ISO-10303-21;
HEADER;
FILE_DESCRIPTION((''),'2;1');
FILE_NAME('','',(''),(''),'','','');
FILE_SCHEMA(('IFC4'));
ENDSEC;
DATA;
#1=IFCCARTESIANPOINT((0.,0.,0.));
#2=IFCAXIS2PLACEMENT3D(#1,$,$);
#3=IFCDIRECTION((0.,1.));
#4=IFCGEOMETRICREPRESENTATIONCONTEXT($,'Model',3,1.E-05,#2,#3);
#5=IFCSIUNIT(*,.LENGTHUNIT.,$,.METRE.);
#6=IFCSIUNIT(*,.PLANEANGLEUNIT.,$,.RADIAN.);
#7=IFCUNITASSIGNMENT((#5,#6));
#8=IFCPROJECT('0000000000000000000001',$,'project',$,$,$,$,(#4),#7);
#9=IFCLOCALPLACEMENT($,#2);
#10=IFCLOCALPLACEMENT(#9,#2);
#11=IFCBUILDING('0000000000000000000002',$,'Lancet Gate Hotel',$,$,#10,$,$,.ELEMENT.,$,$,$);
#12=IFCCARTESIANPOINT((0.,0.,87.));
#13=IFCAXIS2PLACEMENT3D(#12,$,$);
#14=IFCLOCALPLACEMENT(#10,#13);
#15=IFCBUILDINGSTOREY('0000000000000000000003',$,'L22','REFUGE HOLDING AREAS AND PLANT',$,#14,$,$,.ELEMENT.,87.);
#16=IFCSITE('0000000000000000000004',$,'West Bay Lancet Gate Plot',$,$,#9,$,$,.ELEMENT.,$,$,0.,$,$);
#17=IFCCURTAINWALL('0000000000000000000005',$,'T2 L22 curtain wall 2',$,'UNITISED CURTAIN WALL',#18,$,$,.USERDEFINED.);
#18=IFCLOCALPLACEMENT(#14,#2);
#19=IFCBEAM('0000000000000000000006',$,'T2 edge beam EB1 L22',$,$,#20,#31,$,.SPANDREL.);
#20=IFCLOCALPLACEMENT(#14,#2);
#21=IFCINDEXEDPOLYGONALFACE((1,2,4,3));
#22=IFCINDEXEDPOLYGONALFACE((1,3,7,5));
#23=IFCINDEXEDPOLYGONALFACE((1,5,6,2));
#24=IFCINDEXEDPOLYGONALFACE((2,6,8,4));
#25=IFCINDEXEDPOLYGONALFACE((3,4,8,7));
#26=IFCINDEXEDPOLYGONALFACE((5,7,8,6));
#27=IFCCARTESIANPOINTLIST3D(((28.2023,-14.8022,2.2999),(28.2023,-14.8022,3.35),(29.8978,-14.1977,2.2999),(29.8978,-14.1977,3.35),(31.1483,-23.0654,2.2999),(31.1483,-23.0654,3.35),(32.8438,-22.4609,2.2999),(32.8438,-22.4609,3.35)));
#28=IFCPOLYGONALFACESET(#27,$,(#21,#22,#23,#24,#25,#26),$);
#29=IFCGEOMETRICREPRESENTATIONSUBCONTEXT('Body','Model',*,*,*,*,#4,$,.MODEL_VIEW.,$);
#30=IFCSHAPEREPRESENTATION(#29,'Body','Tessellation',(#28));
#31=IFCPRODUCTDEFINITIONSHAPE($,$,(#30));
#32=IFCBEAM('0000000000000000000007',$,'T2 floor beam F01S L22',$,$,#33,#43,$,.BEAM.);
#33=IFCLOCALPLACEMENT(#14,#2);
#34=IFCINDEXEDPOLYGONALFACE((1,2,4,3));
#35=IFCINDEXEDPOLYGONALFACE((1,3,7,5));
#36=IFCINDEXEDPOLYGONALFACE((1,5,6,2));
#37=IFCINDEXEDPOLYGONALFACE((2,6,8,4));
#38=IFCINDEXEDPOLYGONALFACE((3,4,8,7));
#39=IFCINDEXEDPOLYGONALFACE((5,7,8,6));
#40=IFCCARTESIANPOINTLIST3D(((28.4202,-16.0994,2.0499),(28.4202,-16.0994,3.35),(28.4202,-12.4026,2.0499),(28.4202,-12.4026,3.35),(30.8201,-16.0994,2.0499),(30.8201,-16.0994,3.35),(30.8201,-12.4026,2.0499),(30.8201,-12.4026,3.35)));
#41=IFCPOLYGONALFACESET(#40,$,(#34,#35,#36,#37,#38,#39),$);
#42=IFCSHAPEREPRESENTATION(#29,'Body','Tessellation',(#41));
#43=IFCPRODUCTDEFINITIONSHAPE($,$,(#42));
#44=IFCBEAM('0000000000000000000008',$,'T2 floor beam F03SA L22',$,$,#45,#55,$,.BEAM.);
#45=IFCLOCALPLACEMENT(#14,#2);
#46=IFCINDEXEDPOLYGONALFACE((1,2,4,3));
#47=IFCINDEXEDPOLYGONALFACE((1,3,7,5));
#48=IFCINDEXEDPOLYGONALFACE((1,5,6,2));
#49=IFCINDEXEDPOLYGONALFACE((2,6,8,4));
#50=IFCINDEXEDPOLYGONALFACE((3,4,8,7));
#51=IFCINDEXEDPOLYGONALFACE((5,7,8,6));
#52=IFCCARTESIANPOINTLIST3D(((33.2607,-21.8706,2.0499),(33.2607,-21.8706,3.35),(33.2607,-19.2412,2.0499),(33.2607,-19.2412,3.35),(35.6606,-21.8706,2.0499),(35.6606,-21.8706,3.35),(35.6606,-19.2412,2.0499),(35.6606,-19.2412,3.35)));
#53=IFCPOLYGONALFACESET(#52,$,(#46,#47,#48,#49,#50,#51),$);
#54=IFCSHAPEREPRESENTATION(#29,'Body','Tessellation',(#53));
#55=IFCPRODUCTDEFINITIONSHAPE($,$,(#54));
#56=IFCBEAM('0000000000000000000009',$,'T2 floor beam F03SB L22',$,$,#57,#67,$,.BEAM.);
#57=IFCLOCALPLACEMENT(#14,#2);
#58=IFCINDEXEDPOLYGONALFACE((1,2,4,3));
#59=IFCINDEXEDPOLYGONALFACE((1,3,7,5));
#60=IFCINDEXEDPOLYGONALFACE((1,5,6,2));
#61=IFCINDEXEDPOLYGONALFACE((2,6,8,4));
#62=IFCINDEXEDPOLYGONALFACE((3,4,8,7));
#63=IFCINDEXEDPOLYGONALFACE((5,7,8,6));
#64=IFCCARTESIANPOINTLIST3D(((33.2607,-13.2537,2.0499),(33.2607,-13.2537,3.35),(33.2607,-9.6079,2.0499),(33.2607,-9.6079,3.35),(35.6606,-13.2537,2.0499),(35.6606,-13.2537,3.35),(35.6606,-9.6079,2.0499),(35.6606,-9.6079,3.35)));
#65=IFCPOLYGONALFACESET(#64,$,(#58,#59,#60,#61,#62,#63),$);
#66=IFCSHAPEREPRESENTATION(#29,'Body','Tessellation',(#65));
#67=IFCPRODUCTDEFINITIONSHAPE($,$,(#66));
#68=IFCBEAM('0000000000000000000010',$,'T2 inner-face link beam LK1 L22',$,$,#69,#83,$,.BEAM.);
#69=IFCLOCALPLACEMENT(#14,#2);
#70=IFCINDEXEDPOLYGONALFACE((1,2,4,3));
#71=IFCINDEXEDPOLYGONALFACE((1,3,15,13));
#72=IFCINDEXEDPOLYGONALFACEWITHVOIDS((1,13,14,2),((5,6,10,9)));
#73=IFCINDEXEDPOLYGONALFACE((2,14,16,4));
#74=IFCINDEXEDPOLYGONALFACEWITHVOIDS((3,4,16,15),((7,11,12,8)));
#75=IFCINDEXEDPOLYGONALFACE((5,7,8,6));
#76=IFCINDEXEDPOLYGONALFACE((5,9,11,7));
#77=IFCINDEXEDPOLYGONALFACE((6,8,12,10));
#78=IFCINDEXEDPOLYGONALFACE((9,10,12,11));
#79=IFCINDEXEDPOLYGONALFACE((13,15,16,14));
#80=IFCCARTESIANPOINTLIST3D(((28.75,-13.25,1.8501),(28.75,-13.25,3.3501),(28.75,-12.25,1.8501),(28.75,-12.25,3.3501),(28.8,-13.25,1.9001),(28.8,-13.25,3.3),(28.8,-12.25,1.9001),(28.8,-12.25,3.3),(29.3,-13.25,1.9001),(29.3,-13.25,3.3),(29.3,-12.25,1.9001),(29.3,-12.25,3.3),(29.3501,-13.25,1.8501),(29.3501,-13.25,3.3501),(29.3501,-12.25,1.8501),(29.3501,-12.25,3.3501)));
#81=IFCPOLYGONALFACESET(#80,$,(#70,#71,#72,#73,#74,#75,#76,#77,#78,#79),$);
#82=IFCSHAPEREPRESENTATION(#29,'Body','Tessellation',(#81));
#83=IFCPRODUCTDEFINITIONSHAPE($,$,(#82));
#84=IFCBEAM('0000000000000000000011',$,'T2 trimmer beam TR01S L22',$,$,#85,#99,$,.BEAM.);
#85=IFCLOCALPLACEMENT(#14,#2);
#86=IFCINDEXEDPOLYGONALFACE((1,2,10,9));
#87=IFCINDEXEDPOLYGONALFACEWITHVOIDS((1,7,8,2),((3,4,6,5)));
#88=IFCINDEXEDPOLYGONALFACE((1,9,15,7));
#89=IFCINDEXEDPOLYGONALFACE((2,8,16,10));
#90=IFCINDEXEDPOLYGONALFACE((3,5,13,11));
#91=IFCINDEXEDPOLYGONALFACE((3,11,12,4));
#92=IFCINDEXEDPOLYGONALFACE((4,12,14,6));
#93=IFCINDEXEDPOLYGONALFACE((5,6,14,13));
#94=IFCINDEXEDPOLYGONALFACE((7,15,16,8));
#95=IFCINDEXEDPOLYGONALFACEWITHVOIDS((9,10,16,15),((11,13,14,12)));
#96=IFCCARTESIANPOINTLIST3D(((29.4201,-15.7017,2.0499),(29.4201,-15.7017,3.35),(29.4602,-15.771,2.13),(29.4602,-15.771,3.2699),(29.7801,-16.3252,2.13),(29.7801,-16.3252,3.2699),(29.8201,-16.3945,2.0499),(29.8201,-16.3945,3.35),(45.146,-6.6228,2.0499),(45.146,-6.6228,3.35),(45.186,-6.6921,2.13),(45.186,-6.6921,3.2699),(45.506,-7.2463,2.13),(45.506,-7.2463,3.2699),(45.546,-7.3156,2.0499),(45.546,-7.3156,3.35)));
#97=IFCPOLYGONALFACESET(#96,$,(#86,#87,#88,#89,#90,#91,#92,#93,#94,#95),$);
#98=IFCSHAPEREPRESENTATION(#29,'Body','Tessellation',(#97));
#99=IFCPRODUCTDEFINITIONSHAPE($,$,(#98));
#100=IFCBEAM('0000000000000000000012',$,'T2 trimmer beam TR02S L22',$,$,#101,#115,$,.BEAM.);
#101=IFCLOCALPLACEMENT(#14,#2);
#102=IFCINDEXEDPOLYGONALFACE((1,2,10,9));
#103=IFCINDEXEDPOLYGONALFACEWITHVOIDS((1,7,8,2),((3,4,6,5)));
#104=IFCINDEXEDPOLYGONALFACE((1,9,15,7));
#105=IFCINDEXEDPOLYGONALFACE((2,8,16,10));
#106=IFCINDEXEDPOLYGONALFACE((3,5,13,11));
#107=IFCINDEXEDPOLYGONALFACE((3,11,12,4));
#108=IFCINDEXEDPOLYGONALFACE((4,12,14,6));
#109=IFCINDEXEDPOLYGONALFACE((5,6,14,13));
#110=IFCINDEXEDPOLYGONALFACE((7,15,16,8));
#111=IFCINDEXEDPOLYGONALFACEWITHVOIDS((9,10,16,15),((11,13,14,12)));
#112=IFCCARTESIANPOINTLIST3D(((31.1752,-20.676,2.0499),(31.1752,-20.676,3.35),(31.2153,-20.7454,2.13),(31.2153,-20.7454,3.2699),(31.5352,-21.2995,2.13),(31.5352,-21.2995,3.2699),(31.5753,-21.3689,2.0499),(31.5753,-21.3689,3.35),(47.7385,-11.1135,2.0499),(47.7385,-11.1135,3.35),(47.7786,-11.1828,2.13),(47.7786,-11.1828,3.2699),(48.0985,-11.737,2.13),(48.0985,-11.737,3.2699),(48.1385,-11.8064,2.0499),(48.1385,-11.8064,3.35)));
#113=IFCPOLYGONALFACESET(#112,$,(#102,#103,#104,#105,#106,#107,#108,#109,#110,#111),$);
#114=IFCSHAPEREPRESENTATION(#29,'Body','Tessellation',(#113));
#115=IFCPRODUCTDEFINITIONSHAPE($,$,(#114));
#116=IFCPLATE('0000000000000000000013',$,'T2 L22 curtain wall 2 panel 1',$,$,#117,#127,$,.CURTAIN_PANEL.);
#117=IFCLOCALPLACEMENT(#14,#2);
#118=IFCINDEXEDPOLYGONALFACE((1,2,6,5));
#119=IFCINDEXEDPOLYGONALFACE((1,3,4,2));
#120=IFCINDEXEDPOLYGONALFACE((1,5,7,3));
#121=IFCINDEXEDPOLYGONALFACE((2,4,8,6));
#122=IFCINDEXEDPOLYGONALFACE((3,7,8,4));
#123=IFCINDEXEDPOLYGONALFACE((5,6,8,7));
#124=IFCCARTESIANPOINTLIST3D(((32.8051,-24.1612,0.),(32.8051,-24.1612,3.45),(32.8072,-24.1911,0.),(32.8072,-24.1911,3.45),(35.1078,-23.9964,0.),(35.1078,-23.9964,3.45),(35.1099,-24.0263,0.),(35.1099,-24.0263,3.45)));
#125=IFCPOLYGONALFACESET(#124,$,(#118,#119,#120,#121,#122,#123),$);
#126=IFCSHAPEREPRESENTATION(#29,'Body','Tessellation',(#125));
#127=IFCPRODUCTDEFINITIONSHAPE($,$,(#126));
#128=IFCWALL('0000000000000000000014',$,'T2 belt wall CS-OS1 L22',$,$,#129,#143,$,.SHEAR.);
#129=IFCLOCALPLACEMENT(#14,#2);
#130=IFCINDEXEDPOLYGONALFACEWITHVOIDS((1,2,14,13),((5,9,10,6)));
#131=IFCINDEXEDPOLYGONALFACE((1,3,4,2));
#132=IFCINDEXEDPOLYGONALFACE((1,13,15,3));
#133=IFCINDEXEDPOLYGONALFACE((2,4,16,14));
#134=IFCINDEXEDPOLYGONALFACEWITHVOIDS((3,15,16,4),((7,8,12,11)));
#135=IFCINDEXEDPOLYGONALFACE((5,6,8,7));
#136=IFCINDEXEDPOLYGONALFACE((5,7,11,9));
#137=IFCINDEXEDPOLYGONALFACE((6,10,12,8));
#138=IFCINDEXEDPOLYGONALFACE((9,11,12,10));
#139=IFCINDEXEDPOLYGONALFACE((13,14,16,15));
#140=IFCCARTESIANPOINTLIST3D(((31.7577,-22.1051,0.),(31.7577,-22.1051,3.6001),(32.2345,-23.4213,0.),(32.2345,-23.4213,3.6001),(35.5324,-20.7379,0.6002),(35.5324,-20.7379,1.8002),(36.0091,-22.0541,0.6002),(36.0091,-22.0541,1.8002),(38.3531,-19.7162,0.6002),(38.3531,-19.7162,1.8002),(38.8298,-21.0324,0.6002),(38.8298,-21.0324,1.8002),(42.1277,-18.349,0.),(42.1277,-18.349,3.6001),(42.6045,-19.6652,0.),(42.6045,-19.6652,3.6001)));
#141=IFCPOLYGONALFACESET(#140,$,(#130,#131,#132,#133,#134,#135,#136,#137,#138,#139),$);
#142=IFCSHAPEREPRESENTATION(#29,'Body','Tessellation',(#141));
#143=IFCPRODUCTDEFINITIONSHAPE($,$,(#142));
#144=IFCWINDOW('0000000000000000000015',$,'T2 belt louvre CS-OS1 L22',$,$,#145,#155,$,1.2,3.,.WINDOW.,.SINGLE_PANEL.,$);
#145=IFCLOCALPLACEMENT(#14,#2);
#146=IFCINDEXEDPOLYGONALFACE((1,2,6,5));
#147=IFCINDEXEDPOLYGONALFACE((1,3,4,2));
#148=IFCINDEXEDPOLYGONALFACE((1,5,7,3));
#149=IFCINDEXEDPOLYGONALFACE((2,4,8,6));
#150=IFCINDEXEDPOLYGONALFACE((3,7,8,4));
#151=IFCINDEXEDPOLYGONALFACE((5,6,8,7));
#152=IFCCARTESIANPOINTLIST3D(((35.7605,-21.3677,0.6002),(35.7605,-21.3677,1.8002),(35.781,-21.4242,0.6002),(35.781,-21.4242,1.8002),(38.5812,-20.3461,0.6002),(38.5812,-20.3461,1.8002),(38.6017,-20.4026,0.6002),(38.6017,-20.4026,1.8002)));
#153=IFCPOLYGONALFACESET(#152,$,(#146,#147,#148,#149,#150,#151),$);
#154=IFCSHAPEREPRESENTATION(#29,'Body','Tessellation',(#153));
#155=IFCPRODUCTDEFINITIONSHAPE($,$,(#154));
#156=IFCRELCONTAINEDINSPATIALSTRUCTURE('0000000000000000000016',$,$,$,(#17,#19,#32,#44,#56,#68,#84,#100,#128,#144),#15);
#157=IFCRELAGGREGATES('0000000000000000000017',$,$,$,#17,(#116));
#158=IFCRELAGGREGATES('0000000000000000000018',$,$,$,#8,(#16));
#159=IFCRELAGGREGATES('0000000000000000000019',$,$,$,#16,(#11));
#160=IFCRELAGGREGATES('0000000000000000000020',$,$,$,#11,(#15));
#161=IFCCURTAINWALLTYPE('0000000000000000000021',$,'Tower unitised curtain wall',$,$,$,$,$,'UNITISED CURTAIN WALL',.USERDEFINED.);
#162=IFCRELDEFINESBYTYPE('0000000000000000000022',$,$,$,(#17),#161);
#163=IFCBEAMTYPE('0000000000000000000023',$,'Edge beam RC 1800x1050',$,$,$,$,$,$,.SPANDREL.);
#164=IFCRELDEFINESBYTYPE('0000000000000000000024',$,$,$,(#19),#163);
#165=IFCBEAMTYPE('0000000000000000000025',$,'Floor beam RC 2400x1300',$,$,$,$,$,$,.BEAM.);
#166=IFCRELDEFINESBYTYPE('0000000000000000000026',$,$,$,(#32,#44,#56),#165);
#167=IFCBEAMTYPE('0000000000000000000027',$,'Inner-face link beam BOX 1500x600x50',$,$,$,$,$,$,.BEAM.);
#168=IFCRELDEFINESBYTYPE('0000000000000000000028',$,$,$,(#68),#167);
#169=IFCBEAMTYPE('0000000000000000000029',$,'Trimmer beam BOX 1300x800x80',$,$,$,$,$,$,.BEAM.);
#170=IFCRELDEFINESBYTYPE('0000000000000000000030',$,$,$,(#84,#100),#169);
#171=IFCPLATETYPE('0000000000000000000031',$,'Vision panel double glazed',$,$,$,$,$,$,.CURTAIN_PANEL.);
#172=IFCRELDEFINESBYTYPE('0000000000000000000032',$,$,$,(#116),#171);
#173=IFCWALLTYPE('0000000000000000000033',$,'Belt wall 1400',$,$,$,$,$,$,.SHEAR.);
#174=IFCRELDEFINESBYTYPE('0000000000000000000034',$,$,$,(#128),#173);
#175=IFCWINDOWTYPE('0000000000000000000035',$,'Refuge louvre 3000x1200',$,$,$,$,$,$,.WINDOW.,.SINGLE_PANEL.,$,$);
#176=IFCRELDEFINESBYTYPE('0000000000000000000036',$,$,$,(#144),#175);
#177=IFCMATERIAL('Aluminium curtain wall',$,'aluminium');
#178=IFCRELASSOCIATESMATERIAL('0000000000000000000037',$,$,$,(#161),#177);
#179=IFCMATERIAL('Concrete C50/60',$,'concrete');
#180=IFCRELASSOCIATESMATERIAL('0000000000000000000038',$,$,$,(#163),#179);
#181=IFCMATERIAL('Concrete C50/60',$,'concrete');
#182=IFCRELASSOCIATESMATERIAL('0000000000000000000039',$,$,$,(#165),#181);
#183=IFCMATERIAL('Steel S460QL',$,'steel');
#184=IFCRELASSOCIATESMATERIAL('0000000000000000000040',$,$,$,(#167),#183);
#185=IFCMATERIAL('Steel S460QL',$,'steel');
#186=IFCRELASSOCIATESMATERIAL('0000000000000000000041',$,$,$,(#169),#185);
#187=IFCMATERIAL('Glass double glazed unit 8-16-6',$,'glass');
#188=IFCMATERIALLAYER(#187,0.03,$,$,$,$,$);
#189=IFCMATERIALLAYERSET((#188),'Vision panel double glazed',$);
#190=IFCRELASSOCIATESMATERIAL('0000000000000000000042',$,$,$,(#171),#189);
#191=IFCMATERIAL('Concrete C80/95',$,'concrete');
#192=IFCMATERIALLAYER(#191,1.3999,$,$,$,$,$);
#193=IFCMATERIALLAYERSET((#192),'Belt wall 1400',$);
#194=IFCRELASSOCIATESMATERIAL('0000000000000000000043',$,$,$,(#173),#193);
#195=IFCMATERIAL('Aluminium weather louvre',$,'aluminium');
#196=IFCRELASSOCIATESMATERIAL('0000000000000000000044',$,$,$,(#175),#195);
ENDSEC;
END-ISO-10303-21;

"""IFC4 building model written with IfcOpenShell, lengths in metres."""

from ifc_helpers import new_model, si_unit, direction, frame, frame_2d, origin, origin_2d, place, context, subcontext, project, spatial, rectangle, hollow_rectangle, extrude, material, layer, layer_set, material_profile, profile_set, type_object, element, fill, aggregate, save


model = new_model("IFC4")

# Units and contexts
model_context = context("Model", 3, precision=1e-05, world=origin(), true_north=direction((0.0, 1.0)))
body_context = subcontext(model_context, "Body", "Model", "MODEL_VIEW")
ifc_project = project(units=[si_unit("LENGTHUNIT", "METRE"), si_unit("PLANEANGLEUNIT", "RADIAN")], contexts=[model_context])

# Site, building, storey
site_placement = place(None, origin())
site = spatial("IfcSite", under=ifc_project, at=site_placement, Name="West Bay Lancet Gate Plot", CompositionType="ELEMENT", RefElevation=0.0)
building_placement = place(site_placement, origin())
building = spatial("IfcBuilding", under=site, at=building_placement, Name="Lancet Gate Hotel", CompositionType="ELEMENT")
storey_placement = place(building_placement, frame((0.0, 0.0, 87.0)))
storey = spatial("IfcBuildingStorey", under=building, at=storey_placement, Name="L22", Description="REFUGE HOLDING AREAS AND PLANT", CompositionType="ELEMENT", Elevation=87.0)

# Curtain wall
ifc_material_1 = material(Name="Aluminium curtain wall", Category="aluminium")
curtain_wall_type = type_object("IfcCurtainWallType", Name="Tower unitised curtain wall", ElementType="UNITISED CURTAIN WALL", PredefinedType="USERDEFINED", material=ifc_material_1)
curtain_wall_placement = place(storey_placement, origin())
curtain_wall = element("IfcCurtainWall", 1, at=curtain_wall_placement, inside=storey, type_object=curtain_wall_type, Name="T2 L22 curtain wall 2", ObjectType="UNITISED CURTAIN WALL", PredefinedType="USERDEFINED")

# Beams
ifc_material_2 = material(Name="Concrete C50/60", Category="concrete")
ifc_material_profile_1 = material_profile(ifc_material_2, rectangle(XDim=1.8, YDim=1.05, at=origin_2d()), Name="RC 1800x1050")
ifc_profile_set_1 = profile_set([ifc_material_profile_1], Name="Concrete C50/60")
beam_type_1 = type_object("IfcBeamType", Name="Edge beam RC 1800x1050", PredefinedType="SPANDREL", material=ifc_profile_set_1)
beam_1_placement = place(storey_placement, frame((31.9961, -22.7632, 2.825), z_axis=(-0.335822, 0.941926, 0.0), x_axis=(-0.941926, -0.335822, 0.0)))
element("IfcBeam", 2, at=beam_1_placement, inside=storey, type_object=beam_type_1, Name="T2 edge beam EB1 L22", PredefinedType="SPANDREL", context=body_context, shape_type="SweptSolid", body=[
    extrude(rectangle(XDim=1.8, YDim=1.05, at=origin_2d()), origin(), (0.0, 0.0, 1.0), 8.7727),
])
ifc_material_3 = material(Name="Concrete C50/60", Category="concrete")
ifc_material_profile_2 = material_profile(ifc_material_3, rectangle(XDim=2.3999, YDim=1.3, at=origin_2d()), Name="RC 2400x1300")
ifc_profile_set_2 = profile_set([ifc_material_profile_2], Name="Concrete C50/60")
beam_type_2 = type_object("IfcBeamType", Name="Floor beam RC 2400x1300", PredefinedType="BEAM", material=ifc_profile_set_2)
beam_2_placement = place(storey_placement, frame((29.6201, -16.0994, 2.7), z_axis=(0.0, 1.0, 0.0), x_axis=(-1.0, 0.0, 0.0)))
element("IfcBeam", 3, at=beam_2_placement, inside=storey, type_object=beam_type_2, Name="T2 floor beam F01S L22", PredefinedType="BEAM", context=body_context, shape_type="SweptSolid", body=[
    extrude(rectangle(XDim=2.3999, YDim=1.3, at=origin_2d()), origin(), (0.0, 0.0, 1.0), 3.6968),
])
beam_3_placement = place(storey_placement, frame((34.4607, -21.8706, 2.7), z_axis=(0.0, 1.0, 0.0), x_axis=(-1.0, 0.0, 0.0)))
element("IfcBeam", 4, at=beam_3_placement, inside=storey, type_object=beam_type_2, Name="T2 floor beam F03SA L22", PredefinedType="BEAM", context=body_context, shape_type="SweptSolid", body=[
    extrude(rectangle(XDim=2.3999, YDim=1.3, at=origin_2d()), origin(), (0.0, 0.0, 1.0), 2.6294),
])
beam_4_placement = place(storey_placement, frame((34.4607, -13.2537, 2.7), z_axis=(0.0, 1.0, 0.0), x_axis=(-1.0, 0.0, 0.0)))
element("IfcBeam", 5, at=beam_4_placement, inside=storey, type_object=beam_type_2, Name="T2 floor beam F03SB L22", PredefinedType="BEAM", context=body_context, shape_type="SweptSolid", body=[
    extrude(rectangle(XDim=2.3999, YDim=1.3, at=origin_2d()), origin(), (0.0, 0.0, 1.0), 3.6458),
])
ifc_material_4 = material(Name="Steel S460QL", Category="steel")
ifc_material_profile_3 = material_profile(ifc_material_4, hollow_rectangle(XDim=0.6001, YDim=1.5, WallThickness=0.05, at=origin_2d()), Name="BOX 1500x600x50")
ifc_profile_set_3 = profile_set([ifc_material_profile_3], Name="Steel S460QL")
beam_type_3 = type_object("IfcBeamType", Name="Inner-face link beam BOX 1500x600x50", PredefinedType="BEAM", material=ifc_profile_set_3)
beam_5_placement = place(storey_placement, frame((29.05, -13.25, 2.6001), z_axis=(0.0, 1.0, 0.0), x_axis=(-1.0, 0.0, 0.0)))
element("IfcBeam", 6, at=beam_5_placement, inside=storey, type_object=beam_type_3, Name="T2 inner-face link beam LK1 L22", PredefinedType="BEAM", context=body_context, shape_type="SweptSolid", body=[
    extrude(hollow_rectangle(XDim=0.6001, YDim=1.5, WallThickness=0.05, at=origin_2d()), origin(), (0.0, 0.0, 1.0), 1.0),
])
ifc_material_5 = material(Name="Steel S460QL", Category="steel")
ifc_material_profile_4 = material_profile(ifc_material_5, hollow_rectangle(XDim=0.8, YDim=1.3, WallThickness=0.0801, at=origin_2d()), Name="BOX 1300x800x80")
ifc_profile_set_4 = profile_set([ifc_material_profile_4], Name="Steel S460QL")
beam_type_4 = type_object("IfcBeamType", Name="Trimmer beam BOX 1300x800x80", PredefinedType="BEAM", material=ifc_profile_set_4)
beam_6_placement = place(storey_placement, frame((29.6201, -16.0481, 2.7), z_axis=(0.866036, 0.499981, 0.0), x_axis=(-0.499981, 0.866036, 0.0)))
element("IfcBeam", 7, at=beam_6_placement, inside=storey, type_object=beam_type_4, Name="T2 trimmer beam TR01S L22", PredefinedType="BEAM", context=body_context, shape_type="SweptSolid", body=[
    extrude(hollow_rectangle(XDim=0.8, YDim=1.3, WallThickness=0.0801, at=origin_2d()), origin(), (0.0, 0.0, 1.0), 18.1584),
])
beam_7_placement = place(storey_placement, frame((31.3752, -21.0225, 2.7), z_axis=(0.866032, 0.499989, 0.0), x_axis=(-0.499989, 0.866032, 0.0)))
element("IfcBeam", 8, at=beam_7_placement, inside=storey, type_object=beam_type_4, Name="T2 trimmer beam TR02S L22", PredefinedType="BEAM", context=body_context, shape_type="SweptSolid", body=[
    extrude(hollow_rectangle(XDim=0.8, YDim=1.3, WallThickness=0.0801, at=origin_2d()), origin(), (0.0, 0.0, 1.0), 19.1255),
])

# Plate
ifc_material_6 = material(Name="Glass double glazed unit 8-16-6", Category="glass")
ifc_layer_1 = layer(ifc_material_6, 0.03)
ifc_layer_set_1 = layer_set([ifc_layer_1], Name="Vision panel double glazed")
plate_type = type_object("IfcPlateType", Name="Vision panel double glazed", PredefinedType="CURTAIN_PANEL", material=ifc_layer_set_1)
plate_placement = place(storey_placement, frame((33.9575, -24.0938, 0.0), z_axis=(0.0, 0.0, 1.0), x_axis=(0.997448, 0.07139, 0.0)))
plate = element("IfcPlate", 9, at=plate_placement, type_object=plate_type, Name="T2 L22 curtain wall 2 panel 1", PredefinedType="CURTAIN_PANEL", context=body_context, shape_type="SweptSolid", body=[
    extrude(rectangle(XDim=2.3086, YDim=0.03, at=origin_2d()), origin(), (0.0, 0.0, 1.0), 3.45),
])
aggregate(curtain_wall, [plate])

# Wall, opening, window
ifc_material_7 = material(Name="Concrete C80/95", Category="concrete")
ifc_layer_2 = layer(ifc_material_7, 1.3999)
ifc_layer_set_2 = layer_set([ifc_layer_2], Name="Belt wall 1400")
wall_type_1 = type_object("IfcWallType", Name="Belt wall 1400", PredefinedType="SHEAR", material=ifc_layer_set_2)
wall_1_placement = place(storey_placement, frame((31.9961, -22.7632, 0.0), z_axis=(0.0, 0.0, 1.0), x_axis=(0.940225, 0.340554, 0.0)))
wall_1 = element("IfcWall", 10, at=wall_1_placement, inside=storey, type_object=wall_type_1, Name="T2 belt wall CS-OS1 L22", PredefinedType="SHEAR", context=body_context, shape_type="SweptSolid", body=[
    extrude(rectangle(XDim=11.0293, YDim=1.3999, at=frame_2d((5.5146, 0.0))), origin(), (0.0, 0.0, 1.0), 3.6001),
])
opening_1_placement = place(wall_1_placement, frame((4.0146, 0.0, 0.6001)))
opening_1 = element("IfcOpeningElement", 11, at=opening_1_placement, cuts=wall_1, PredefinedType="OPENING", context=body_context, shape_type="SweptSolid", body=[
    extrude(rectangle(XDim=3.0, YDim=1.2, at=frame_2d((1.5, 0.6001))), frame((0.0, 0.71, 0.0), z_axis=(0.0, -1.0, 0.0), x_axis=(1.0, 0.0, 0.0)), (0.0, 0.0, 1.0), 1.4199),
])
ifc_material_8 = material(Name="Aluminium weather louvre", Category="aluminium")
window_type = type_object("IfcWindowType", Name="Refuge louvre 3000x1200", PartitioningType="SINGLE_PANEL", PredefinedType="WINDOW", material=ifc_material_8)
window_placement = place(opening_1_placement, origin())
window = element("IfcWindow", 12, at=window_placement, inside=storey, type_object=window_type, Name="T2 belt louvre CS-OS1 L22", OverallHeight=1.2, OverallWidth=3.0, PartitioningType="SINGLE_PANEL", PredefinedType="WINDOW", context=body_context, shape_type="SweptSolid", body=[
    extrude(rectangle(XDim=3.0, YDim=1.2, at=frame_2d((1.5, 0.6001))), frame((0.0, 0.03, 0.0), z_axis=(0.0, -1.0, 0.0), x_axis=(1.0, 0.0, 0.0)), (0.0, 0.0, 1.0), 0.0601),
])
fill(opening_1, window)

save(model, "model.ifc")
